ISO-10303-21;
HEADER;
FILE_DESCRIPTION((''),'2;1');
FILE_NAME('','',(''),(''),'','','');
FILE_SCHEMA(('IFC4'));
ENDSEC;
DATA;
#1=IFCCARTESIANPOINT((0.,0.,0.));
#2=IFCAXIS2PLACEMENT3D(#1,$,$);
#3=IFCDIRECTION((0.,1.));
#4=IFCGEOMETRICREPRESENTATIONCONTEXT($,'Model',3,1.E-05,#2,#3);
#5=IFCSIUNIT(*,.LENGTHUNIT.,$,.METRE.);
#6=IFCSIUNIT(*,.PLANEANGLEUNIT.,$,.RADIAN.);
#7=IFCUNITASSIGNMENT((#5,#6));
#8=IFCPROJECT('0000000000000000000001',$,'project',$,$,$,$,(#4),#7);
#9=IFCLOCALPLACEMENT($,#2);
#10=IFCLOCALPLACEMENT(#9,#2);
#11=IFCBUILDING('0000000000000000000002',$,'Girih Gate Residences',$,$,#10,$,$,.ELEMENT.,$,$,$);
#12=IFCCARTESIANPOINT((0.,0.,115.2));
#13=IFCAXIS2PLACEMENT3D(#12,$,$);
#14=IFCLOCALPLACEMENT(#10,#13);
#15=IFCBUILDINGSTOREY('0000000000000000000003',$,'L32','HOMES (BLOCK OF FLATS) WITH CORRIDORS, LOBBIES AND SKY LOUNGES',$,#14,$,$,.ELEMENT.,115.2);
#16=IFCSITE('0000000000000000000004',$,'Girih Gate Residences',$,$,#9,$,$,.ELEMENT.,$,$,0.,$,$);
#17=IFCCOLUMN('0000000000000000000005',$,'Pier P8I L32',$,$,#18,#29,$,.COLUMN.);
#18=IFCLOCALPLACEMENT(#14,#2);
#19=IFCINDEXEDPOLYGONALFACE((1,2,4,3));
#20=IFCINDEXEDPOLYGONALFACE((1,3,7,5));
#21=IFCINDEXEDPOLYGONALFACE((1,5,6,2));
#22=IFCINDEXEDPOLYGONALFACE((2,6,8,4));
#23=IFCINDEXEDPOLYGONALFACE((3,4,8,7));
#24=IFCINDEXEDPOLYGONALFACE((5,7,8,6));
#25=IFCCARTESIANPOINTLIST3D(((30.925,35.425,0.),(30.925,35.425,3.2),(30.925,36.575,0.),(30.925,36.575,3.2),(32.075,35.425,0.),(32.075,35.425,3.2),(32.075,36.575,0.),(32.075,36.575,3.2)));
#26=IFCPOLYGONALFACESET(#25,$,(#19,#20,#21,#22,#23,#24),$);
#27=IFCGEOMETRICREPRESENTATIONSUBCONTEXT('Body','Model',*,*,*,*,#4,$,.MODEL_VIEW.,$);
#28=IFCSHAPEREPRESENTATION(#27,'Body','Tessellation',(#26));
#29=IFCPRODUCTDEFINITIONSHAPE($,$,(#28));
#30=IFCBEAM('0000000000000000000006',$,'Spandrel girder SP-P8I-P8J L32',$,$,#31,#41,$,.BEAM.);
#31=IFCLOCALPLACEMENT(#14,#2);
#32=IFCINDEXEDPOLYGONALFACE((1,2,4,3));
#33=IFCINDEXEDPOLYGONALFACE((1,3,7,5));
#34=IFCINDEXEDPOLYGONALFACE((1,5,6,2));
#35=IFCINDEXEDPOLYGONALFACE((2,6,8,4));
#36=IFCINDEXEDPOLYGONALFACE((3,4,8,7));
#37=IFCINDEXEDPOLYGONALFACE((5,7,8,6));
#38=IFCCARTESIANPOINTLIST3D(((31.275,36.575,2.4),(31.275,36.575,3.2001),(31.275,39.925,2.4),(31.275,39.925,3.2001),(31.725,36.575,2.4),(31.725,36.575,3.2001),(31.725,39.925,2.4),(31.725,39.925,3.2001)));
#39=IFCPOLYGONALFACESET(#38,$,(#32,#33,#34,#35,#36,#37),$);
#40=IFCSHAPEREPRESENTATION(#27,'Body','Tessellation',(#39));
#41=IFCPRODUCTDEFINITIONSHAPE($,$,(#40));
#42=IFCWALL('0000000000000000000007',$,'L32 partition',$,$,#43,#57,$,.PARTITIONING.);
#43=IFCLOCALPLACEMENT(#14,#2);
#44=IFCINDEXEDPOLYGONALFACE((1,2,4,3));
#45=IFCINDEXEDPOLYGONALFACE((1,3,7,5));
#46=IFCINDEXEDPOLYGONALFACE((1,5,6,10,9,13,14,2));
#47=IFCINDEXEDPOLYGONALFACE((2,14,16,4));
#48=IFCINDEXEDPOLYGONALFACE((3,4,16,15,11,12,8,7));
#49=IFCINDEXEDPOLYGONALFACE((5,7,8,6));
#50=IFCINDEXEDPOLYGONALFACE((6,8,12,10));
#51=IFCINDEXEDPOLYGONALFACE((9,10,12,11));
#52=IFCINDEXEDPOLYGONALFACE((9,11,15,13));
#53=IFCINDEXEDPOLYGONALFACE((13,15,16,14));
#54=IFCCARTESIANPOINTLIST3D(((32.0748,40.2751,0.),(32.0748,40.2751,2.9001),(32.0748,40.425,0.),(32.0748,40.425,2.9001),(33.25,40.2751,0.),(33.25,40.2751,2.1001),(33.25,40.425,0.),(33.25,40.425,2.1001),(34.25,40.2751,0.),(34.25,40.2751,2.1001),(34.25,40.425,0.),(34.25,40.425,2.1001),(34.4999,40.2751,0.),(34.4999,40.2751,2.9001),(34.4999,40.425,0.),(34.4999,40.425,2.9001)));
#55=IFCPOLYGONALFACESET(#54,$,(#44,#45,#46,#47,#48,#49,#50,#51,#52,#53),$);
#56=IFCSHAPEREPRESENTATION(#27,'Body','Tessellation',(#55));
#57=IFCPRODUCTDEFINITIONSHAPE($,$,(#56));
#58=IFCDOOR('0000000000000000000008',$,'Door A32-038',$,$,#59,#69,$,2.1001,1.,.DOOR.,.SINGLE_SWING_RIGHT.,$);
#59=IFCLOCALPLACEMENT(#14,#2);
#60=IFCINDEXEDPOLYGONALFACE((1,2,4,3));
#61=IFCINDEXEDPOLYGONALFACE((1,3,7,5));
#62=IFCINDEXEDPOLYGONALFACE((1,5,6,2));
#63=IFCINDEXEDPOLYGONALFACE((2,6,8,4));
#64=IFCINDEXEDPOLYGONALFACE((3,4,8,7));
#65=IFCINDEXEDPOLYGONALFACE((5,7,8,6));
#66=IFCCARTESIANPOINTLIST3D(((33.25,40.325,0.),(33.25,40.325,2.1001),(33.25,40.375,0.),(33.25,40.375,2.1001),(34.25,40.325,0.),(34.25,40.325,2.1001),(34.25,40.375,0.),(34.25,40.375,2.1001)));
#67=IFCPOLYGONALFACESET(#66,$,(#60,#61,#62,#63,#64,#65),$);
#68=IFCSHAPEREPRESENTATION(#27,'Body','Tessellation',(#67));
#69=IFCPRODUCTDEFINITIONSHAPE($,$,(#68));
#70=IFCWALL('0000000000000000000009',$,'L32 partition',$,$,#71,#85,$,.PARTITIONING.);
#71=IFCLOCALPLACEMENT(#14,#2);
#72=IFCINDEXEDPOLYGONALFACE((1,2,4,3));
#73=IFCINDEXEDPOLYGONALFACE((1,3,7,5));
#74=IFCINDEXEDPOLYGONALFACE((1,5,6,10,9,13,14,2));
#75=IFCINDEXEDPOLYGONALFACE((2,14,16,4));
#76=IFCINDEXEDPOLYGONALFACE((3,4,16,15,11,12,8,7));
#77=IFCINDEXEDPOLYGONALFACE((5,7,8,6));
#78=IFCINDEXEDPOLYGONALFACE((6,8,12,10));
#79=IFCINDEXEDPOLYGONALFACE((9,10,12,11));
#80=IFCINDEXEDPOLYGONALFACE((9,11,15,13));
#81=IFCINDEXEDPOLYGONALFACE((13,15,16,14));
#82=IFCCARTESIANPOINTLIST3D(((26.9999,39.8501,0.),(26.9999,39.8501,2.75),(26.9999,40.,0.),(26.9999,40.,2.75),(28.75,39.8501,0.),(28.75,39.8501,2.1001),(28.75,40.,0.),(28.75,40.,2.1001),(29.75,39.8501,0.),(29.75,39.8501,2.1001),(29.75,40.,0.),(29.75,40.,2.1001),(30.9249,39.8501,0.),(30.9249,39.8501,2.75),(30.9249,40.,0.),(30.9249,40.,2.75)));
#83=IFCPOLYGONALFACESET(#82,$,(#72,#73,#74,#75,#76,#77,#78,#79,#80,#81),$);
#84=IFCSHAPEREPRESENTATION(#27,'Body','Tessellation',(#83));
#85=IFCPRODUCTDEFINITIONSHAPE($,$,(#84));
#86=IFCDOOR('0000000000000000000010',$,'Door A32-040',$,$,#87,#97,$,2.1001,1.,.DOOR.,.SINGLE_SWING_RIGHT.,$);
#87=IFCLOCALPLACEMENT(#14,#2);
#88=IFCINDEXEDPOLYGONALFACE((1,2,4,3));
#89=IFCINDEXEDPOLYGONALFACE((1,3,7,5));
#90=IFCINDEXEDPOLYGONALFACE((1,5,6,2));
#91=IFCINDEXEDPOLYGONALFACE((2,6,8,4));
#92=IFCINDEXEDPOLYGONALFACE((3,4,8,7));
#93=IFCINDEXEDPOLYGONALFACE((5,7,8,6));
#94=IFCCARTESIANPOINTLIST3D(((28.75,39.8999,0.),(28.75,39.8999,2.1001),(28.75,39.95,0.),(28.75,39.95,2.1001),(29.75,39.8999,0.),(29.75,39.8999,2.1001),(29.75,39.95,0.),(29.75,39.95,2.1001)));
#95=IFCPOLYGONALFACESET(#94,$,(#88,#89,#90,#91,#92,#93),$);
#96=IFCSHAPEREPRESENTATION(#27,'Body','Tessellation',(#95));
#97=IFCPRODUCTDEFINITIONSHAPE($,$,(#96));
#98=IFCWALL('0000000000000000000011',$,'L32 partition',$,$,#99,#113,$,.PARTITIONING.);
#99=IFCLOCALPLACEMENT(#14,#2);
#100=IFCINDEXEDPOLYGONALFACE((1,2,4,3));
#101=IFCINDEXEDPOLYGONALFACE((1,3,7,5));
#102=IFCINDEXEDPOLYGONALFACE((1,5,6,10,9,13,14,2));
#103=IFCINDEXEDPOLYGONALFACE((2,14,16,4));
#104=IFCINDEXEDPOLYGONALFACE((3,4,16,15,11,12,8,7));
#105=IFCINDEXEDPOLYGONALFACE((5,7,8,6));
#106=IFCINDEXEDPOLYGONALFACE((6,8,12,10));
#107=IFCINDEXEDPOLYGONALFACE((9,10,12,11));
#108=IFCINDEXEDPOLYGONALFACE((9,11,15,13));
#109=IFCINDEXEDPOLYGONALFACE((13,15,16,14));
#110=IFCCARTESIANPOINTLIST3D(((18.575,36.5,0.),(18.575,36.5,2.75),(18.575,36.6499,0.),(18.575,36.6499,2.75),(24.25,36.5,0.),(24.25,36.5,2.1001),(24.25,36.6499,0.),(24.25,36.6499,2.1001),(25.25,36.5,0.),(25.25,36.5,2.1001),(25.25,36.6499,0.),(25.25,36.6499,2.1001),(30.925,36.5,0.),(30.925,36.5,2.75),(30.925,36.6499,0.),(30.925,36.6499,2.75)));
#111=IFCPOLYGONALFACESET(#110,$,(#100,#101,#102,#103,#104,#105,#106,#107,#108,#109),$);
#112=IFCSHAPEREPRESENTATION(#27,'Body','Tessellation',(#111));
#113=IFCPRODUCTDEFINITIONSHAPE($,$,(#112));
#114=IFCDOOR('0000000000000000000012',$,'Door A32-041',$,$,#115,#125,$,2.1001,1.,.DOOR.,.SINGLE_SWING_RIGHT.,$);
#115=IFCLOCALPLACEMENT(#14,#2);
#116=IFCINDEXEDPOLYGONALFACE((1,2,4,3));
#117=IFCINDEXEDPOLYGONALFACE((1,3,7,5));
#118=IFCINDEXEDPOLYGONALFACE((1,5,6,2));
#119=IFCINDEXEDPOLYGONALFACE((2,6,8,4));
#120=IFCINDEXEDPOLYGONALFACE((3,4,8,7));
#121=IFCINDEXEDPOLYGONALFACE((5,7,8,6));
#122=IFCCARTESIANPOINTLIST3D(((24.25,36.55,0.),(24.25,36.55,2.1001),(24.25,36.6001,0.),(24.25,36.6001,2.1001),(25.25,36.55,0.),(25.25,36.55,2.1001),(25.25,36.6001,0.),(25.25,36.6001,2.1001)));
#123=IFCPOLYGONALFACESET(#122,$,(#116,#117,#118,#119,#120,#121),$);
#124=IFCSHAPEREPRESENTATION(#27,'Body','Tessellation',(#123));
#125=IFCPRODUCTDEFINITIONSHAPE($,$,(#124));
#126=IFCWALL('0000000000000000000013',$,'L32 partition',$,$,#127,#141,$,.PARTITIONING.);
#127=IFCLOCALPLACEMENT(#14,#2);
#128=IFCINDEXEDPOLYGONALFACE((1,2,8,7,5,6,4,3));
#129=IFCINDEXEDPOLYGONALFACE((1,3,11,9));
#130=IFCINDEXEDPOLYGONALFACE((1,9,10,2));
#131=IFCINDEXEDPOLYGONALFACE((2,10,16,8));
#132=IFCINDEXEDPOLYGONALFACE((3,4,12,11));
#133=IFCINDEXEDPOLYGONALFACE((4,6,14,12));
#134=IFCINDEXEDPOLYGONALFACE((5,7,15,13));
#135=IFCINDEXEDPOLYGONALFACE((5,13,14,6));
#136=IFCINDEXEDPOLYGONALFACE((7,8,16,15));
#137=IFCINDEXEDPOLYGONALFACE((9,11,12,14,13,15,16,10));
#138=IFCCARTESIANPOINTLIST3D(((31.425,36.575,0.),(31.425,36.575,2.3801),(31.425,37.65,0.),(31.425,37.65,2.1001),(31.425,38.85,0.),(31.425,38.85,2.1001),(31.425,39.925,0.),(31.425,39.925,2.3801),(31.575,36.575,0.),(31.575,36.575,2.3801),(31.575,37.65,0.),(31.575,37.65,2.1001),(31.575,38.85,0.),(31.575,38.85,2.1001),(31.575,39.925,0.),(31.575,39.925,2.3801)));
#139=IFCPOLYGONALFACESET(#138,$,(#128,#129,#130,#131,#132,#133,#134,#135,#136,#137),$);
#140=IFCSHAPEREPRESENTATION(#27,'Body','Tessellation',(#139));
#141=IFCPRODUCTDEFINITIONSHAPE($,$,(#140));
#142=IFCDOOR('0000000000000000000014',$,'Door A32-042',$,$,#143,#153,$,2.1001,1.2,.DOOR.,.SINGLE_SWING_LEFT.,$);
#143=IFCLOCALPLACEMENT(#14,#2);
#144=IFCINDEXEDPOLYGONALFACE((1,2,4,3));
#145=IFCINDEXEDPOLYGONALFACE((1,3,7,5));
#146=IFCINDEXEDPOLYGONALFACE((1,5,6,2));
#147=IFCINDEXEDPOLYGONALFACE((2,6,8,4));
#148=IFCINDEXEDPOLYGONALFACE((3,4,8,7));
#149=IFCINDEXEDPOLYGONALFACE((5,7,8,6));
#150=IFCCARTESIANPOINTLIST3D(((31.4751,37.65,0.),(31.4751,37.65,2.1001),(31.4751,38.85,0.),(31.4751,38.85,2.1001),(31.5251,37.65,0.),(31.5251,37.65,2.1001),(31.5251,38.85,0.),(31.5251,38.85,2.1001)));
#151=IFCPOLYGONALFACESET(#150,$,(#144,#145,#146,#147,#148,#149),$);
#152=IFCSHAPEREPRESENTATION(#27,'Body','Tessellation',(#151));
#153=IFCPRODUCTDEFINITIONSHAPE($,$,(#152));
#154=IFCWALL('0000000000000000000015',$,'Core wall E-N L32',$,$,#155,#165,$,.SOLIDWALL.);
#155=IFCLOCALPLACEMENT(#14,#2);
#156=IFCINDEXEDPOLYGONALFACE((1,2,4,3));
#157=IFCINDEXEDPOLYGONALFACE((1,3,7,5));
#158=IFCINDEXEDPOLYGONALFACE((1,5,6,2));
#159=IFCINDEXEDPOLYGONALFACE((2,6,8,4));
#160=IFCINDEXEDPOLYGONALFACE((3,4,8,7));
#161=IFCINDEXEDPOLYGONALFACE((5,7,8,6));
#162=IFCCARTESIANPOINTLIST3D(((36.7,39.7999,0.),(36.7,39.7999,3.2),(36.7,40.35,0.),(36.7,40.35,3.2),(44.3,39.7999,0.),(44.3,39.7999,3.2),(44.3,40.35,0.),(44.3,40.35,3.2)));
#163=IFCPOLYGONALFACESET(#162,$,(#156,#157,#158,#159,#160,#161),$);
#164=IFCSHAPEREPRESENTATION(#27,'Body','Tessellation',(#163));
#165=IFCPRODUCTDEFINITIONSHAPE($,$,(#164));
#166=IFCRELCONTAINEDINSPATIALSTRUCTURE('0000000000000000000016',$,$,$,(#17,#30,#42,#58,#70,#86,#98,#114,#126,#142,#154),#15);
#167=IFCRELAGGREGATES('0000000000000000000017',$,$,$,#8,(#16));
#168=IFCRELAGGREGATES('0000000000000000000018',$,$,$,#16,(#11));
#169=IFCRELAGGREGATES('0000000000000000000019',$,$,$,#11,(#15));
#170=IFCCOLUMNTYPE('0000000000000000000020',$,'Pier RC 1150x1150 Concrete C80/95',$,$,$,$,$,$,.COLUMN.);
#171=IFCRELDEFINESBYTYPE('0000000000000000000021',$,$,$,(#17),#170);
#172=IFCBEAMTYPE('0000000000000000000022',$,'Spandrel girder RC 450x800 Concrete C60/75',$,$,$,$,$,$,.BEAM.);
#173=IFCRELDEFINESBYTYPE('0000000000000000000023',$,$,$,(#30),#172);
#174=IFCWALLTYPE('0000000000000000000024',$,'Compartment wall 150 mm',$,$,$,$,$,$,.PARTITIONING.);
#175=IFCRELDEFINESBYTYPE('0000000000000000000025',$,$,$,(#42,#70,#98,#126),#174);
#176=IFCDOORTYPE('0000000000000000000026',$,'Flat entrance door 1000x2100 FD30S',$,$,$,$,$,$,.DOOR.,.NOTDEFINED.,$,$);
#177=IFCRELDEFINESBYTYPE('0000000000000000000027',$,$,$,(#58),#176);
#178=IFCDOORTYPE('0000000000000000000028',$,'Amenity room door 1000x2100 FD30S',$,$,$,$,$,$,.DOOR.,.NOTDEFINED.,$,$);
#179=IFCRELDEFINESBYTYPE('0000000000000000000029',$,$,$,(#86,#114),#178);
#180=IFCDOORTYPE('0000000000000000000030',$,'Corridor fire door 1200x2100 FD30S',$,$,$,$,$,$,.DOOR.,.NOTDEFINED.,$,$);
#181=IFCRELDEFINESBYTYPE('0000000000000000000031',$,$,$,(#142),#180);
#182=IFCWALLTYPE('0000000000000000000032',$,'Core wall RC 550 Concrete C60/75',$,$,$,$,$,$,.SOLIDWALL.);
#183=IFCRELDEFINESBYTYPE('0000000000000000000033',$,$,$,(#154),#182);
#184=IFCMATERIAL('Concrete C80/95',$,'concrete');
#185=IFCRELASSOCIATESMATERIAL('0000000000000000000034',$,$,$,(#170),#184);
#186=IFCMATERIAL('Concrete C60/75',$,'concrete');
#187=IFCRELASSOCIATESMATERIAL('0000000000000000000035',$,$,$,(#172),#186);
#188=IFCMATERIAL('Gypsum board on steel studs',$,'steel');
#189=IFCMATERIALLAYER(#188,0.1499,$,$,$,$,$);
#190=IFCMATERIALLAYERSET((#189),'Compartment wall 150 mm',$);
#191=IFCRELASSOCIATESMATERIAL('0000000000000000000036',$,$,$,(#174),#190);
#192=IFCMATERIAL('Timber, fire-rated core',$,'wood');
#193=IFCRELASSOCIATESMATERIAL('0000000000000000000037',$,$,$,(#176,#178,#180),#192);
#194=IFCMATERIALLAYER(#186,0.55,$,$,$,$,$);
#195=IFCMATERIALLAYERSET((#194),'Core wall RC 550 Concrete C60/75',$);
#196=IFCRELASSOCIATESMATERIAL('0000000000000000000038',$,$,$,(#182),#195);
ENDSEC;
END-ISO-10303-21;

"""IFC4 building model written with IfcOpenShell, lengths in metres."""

from ifc_helpers import new_model, si_unit, direction, frame, frame_2d, origin, origin_2d, place, context, subcontext, project, spatial, rectangle, extrude, material, layer, layer_set, material_profile, profile_set, type_object, element, fill, save


model = new_model("IFC4")

# Units and contexts
model_context = context("Model", 3, precision=1e-05, world=origin(), true_north=direction((0.0, 1.0)))
body_context = subcontext(model_context, "Body", "Model", "MODEL_VIEW")
ifc_project = project(units=[si_unit("LENGTHUNIT", "METRE"), si_unit("PLANEANGLEUNIT", "RADIAN")], contexts=[model_context])

# Site, building, storey
site_placement = place(None, origin())
site = spatial("IfcSite", under=ifc_project, at=site_placement, Name="Girih Gate Residences", CompositionType="ELEMENT", RefElevation=0.0)
building_placement = place(site_placement, origin())
building = spatial("IfcBuilding", under=site, at=building_placement, Name="Girih Gate Residences", CompositionType="ELEMENT")
storey_placement = place(building_placement, frame((0.0, 0.0, 115.2)))
storey = spatial("IfcBuildingStorey", under=building, at=storey_placement, Name="L32", Description="HOMES (BLOCK OF FLATS) WITH CORRIDORS, LOBBIES AND SKY LOUNGES", CompositionType="ELEMENT", Elevation=115.2)

# Column
ifc_material_1 = material(Name="Concrete C80/95", Category="concrete")
ifc_material_profile_1 = material_profile(ifc_material_1, rectangle(XDim=1.1499, YDim=1.1499, at=origin_2d()))
ifc_profile_set_1 = profile_set([ifc_material_profile_1], Name="Concrete C80/95")
column_type = type_object("IfcColumnType", Name="Pier RC 1150x1150 Concrete C80/95", PredefinedType="COLUMN", material=ifc_profile_set_1)
column_placement = place(storey_placement, frame((31.5, 36.0, 0.0), z_axis=(0.0, 0.0, 1.0), x_axis=(1.0, 0.0, 0.0)))
element("IfcColumn", 1, at=column_placement, inside=storey, type_object=column_type, Name="Pier P8I L32", PredefinedType="COLUMN", context=body_context, shape_type="SweptSolid", body=[
    extrude(rectangle(XDim=1.1499, YDim=1.1499, at=origin_2d()), origin(), (0.0, 0.0, 1.0), 3.2),
])

# Beam
ifc_material_2 = material(Name="Concrete C60/75", Category="concrete")
ifc_material_profile_2 = material_profile(ifc_material_2, rectangle(XDim=0.45, YDim=0.8, at=origin_2d()))
ifc_profile_set_2 = profile_set([ifc_material_profile_2], Name="Concrete C60/75")
beam_type = type_object("IfcBeamType", Name="Spandrel girder RC 450x800 Concrete C60/75", PredefinedType="BEAM", material=ifc_profile_set_2)
beam_placement = place(storey_placement, frame((31.5, 36.575, 2.8), z_axis=(0.0, 1.0, 0.0), x_axis=(-1.0, 0.0, 0.0)))
element("IfcBeam", 2, at=beam_placement, inside=storey, type_object=beam_type, Name="Spandrel girder SP-P8I-P8J L32", PredefinedType="BEAM", context=body_context, shape_type="SweptSolid", body=[
    extrude(rectangle(XDim=0.45, YDim=0.8, at=origin_2d()), origin(), (0.0, 0.0, 1.0), 3.3501),
])

# Walls, openings, doors
ifc_material_3 = material(Name="Gypsum board on steel studs", Category="steel")
ifc_layer_1 = layer(ifc_material_3, 0.1499)
ifc_layer_set_1 = layer_set([ifc_layer_1], Name="Compartment wall 150 mm")
wall_type_1 = type_object("IfcWallType", Name="Compartment wall 150 mm", PredefinedType="PARTITIONING", material=ifc_layer_set_1)
wall_1_placement = place(storey_placement, frame((32.075, 40.3501, 0.0), z_axis=(0.0, 0.0, 1.0), x_axis=(1.0, 0.0, 0.0)))
wall_1 = element("IfcWall", 3, at=wall_1_placement, inside=storey, type_object=wall_type_1, Name="L32 partition", PredefinedType="PARTITIONING", context=body_context, shape_type="SweptSolid", body=[
    extrude(rectangle(XDim=2.425, YDim=0.1499, at=frame_2d((1.2124, 0.0))), origin(), (0.0, 0.0, 1.0), 2.9001),
])
opening_1_placement = place(wall_1_placement, frame((1.175, 0.0, 0.0)))
opening_1 = element("IfcOpeningElement", 4, at=opening_1_placement, cuts=wall_1, PredefinedType="OPENING", context=body_context, shape_type="SweptSolid", body=[
    extrude(rectangle(XDim=1.0, YDim=2.1001, at=frame_2d((0.5, 1.05))), frame((0.0, 0.085, 0.0), z_axis=(0.0, -1.0, 0.0), x_axis=(1.0, 0.0, 0.0)), (0.0, 0.0, 1.0), 0.1699),
])
ifc_material_4 = material(Name="Timber, fire-rated core", Category="wood")
door_type_1 = type_object("IfcDoorType", Name="Flat entrance door 1000x2100 FD30S", OperationType="NOTDEFINED", PredefinedType="DOOR", material=ifc_material_4)
door_1_placement = place(opening_1_placement, origin())
door_1 = element("IfcDoor", 5, at=door_1_placement, inside=storey, type_object=door_type_1, Name="Door A32-038", OperationType="SINGLE_SWING_RIGHT", OverallHeight=2.1001, OverallWidth=1.0, PredefinedType="DOOR", context=body_context, shape_type="SweptSolid", body=[
    extrude(rectangle(XDim=1.0, YDim=2.1001, at=frame_2d((0.5, 1.05))), frame((0.0, 0.0249, 0.0), z_axis=(0.0, -1.0, 0.0), x_axis=(1.0, 0.0, 0.0)), (0.0, 0.0, 1.0), 0.05),
])
fill(opening_1, door_1)
wall_2_placement = place(storey_placement, frame((27.0, 39.925, 0.0), z_axis=(0.0, 0.0, 1.0), x_axis=(1.0, 0.0, 0.0)))
wall_2 = element("IfcWall", 6, at=wall_2_placement, inside=storey, type_object=wall_type_1, Name="L32 partition", PredefinedType="PARTITIONING", context=body_context, shape_type="SweptSolid", body=[
    extrude(rectangle(XDim=3.925, YDim=0.1499, at=frame_2d((1.9624, 0.0))), origin(), (0.0, 0.0, 1.0), 2.75),
])
opening_2_placement = place(wall_2_placement, frame((1.75, 0.0, 0.0)))
opening_2 = element("IfcOpeningElement", 7, at=opening_2_placement, cuts=wall_2, PredefinedType="OPENING", context=body_context, shape_type="SweptSolid", body=[
    extrude(rectangle(XDim=1.0, YDim=2.1001, at=frame_2d((0.5, 1.05))), frame((0.0, 0.085, 0.0), z_axis=(0.0, -1.0, 0.0), x_axis=(1.0, 0.0, 0.0)), (0.0, 0.0, 1.0), 0.1699),
])
door_type_2 = type_object("IfcDoorType", Name="Amenity room door 1000x2100 FD30S", OperationType="NOTDEFINED", PredefinedType="DOOR", material=ifc_material_4)
door_2_placement = place(opening_2_placement, origin())
door_2 = element("IfcDoor", 8, at=door_2_placement, inside=storey, type_object=door_type_2, Name="Door A32-040", OperationType="SINGLE_SWING_RIGHT", OverallHeight=2.1001, OverallWidth=1.0, PredefinedType="DOOR", context=body_context, shape_type="SweptSolid", body=[
    extrude(rectangle(XDim=1.0, YDim=2.1001, at=frame_2d((0.5, 1.05))), frame((0.0, 0.0249, 0.0), z_axis=(0.0, -1.0, 0.0), x_axis=(1.0, 0.0, 0.0)), (0.0, 0.0, 1.0), 0.05),
])
fill(opening_2, door_2)
wall_3_placement = place(storey_placement, frame((30.925, 36.575, 0.0), z_axis=(0.0, 0.0, 1.0), x_axis=(-1.0, 0.0, 0.0)))
wall_3 = element("IfcWall", 9, at=wall_3_placement, inside=storey, type_object=wall_type_1, Name="L32 partition", PredefinedType="PARTITIONING", context=body_context, shape_type="SweptSolid", body=[
    extrude(rectangle(XDim=12.3501, YDim=0.1499, at=frame_2d((6.175, 0.0))), origin(), (0.0, 0.0, 1.0), 2.75),
])
opening_3_placement = place(wall_3_placement, frame((5.675, 0.0, 0.0)))
opening_3 = element("IfcOpeningElement", 10, at=opening_3_placement, cuts=wall_3, PredefinedType="OPENING", context=body_context, shape_type="SweptSolid", body=[
    extrude(rectangle(XDim=1.0, YDim=2.1001, at=frame_2d((0.5, 1.05))), frame((0.0, 0.085, 0.0), z_axis=(0.0, -1.0, 0.0), x_axis=(1.0, 0.0, 0.0)), (0.0, 0.0, 1.0), 0.1699),
])
door_3_placement = place(opening_3_placement, origin())
door_3 = element("IfcDoor", 11, at=door_3_placement, inside=storey, type_object=door_type_2, Name="Door A32-041", OperationType="SINGLE_SWING_RIGHT", OverallHeight=2.1001, OverallWidth=1.0, PredefinedType="DOOR", context=body_context, shape_type="SweptSolid", body=[
    extrude(rectangle(XDim=1.0, YDim=2.1001, at=frame_2d((0.5, 1.05))), frame((0.0, 0.0249, 0.0), z_axis=(0.0, -1.0, 0.0), x_axis=(1.0, 0.0, 0.0)), (0.0, 0.0, 1.0), 0.05),
])
fill(opening_3, door_3)
wall_4_placement = place(storey_placement, frame((31.5, 36.575, 0.0), z_axis=(0.0, 0.0, 1.0), x_axis=(0.0, 1.0, 0.0)))
wall_4 = element("IfcWall", 12, at=wall_4_placement, inside=storey, type_object=wall_type_1, Name="L32 partition", PredefinedType="PARTITIONING", context=body_context, shape_type="SweptSolid", body=[
    extrude(rectangle(XDim=3.3501, YDim=0.1499, at=frame_2d((1.675, 0.0))), origin(), (0.0, 0.0, 1.0), 2.3801),
])
opening_4_placement = place(wall_4_placement, frame((1.075, 0.0, 0.0)))
opening_4 = element("IfcOpeningElement", 13, at=opening_4_placement, cuts=wall_4, PredefinedType="OPENING", context=body_context, shape_type="SweptSolid", body=[
    extrude(rectangle(XDim=1.2, YDim=2.1001, at=frame_2d((0.6001, 1.05))), frame((0.0, 0.085, 0.0), z_axis=(0.0, -1.0, 0.0), x_axis=(1.0, 0.0, 0.0)), (0.0, 0.0, 1.0), 0.1699),
])
door_type_3 = type_object("IfcDoorType", Name="Corridor fire door 1200x2100 FD30S", OperationType="NOTDEFINED", PredefinedType="DOOR", material=ifc_material_4)
door_4_placement = place(opening_4_placement, origin())
door_4 = element("IfcDoor", 14, at=door_4_placement, inside=storey, type_object=door_type_3, Name="Door A32-042", OperationType="SINGLE_SWING_LEFT", OverallHeight=2.1001, OverallWidth=1.2, PredefinedType="DOOR", context=body_context, shape_type="SweptSolid", body=[
    extrude(rectangle(XDim=1.2, YDim=2.1001, at=frame_2d((0.6001, 1.05))), frame((0.0, 0.0249, 0.0), z_axis=(0.0, -1.0, 0.0), x_axis=(1.0, 0.0, 0.0)), (0.0, 0.0, 1.0), 0.05),
])
fill(opening_4, door_4)

# Wall
ifc_layer_2 = layer(ifc_material_2, 0.55)
ifc_layer_set_2 = layer_set([ifc_layer_2], Name="Core wall RC 550 Concrete C60/75")
wall_type_2 = type_object("IfcWallType", Name="Core wall RC 550 Concrete C60/75", PredefinedType="SOLIDWALL", material=ifc_layer_set_2)
wall_5_placement = place(storey_placement, frame((36.7, 40.075, 0.0), z_axis=(0.0, 0.0, 1.0), x_axis=(1.0, 0.0, 0.0)))
element("IfcWall", 15, at=wall_5_placement, inside=storey, type_object=wall_type_2, Name="Core wall E-N L32", PredefinedType="SOLIDWALL", context=body_context, shape_type="SweptSolid", body=[
    extrude(rectangle(XDim=7.6001, YDim=0.55, at=frame_2d((3.8, 0.0))), origin(), (0.0, 0.0, 1.0), 3.2),
])

save(model, "model.ifc")
